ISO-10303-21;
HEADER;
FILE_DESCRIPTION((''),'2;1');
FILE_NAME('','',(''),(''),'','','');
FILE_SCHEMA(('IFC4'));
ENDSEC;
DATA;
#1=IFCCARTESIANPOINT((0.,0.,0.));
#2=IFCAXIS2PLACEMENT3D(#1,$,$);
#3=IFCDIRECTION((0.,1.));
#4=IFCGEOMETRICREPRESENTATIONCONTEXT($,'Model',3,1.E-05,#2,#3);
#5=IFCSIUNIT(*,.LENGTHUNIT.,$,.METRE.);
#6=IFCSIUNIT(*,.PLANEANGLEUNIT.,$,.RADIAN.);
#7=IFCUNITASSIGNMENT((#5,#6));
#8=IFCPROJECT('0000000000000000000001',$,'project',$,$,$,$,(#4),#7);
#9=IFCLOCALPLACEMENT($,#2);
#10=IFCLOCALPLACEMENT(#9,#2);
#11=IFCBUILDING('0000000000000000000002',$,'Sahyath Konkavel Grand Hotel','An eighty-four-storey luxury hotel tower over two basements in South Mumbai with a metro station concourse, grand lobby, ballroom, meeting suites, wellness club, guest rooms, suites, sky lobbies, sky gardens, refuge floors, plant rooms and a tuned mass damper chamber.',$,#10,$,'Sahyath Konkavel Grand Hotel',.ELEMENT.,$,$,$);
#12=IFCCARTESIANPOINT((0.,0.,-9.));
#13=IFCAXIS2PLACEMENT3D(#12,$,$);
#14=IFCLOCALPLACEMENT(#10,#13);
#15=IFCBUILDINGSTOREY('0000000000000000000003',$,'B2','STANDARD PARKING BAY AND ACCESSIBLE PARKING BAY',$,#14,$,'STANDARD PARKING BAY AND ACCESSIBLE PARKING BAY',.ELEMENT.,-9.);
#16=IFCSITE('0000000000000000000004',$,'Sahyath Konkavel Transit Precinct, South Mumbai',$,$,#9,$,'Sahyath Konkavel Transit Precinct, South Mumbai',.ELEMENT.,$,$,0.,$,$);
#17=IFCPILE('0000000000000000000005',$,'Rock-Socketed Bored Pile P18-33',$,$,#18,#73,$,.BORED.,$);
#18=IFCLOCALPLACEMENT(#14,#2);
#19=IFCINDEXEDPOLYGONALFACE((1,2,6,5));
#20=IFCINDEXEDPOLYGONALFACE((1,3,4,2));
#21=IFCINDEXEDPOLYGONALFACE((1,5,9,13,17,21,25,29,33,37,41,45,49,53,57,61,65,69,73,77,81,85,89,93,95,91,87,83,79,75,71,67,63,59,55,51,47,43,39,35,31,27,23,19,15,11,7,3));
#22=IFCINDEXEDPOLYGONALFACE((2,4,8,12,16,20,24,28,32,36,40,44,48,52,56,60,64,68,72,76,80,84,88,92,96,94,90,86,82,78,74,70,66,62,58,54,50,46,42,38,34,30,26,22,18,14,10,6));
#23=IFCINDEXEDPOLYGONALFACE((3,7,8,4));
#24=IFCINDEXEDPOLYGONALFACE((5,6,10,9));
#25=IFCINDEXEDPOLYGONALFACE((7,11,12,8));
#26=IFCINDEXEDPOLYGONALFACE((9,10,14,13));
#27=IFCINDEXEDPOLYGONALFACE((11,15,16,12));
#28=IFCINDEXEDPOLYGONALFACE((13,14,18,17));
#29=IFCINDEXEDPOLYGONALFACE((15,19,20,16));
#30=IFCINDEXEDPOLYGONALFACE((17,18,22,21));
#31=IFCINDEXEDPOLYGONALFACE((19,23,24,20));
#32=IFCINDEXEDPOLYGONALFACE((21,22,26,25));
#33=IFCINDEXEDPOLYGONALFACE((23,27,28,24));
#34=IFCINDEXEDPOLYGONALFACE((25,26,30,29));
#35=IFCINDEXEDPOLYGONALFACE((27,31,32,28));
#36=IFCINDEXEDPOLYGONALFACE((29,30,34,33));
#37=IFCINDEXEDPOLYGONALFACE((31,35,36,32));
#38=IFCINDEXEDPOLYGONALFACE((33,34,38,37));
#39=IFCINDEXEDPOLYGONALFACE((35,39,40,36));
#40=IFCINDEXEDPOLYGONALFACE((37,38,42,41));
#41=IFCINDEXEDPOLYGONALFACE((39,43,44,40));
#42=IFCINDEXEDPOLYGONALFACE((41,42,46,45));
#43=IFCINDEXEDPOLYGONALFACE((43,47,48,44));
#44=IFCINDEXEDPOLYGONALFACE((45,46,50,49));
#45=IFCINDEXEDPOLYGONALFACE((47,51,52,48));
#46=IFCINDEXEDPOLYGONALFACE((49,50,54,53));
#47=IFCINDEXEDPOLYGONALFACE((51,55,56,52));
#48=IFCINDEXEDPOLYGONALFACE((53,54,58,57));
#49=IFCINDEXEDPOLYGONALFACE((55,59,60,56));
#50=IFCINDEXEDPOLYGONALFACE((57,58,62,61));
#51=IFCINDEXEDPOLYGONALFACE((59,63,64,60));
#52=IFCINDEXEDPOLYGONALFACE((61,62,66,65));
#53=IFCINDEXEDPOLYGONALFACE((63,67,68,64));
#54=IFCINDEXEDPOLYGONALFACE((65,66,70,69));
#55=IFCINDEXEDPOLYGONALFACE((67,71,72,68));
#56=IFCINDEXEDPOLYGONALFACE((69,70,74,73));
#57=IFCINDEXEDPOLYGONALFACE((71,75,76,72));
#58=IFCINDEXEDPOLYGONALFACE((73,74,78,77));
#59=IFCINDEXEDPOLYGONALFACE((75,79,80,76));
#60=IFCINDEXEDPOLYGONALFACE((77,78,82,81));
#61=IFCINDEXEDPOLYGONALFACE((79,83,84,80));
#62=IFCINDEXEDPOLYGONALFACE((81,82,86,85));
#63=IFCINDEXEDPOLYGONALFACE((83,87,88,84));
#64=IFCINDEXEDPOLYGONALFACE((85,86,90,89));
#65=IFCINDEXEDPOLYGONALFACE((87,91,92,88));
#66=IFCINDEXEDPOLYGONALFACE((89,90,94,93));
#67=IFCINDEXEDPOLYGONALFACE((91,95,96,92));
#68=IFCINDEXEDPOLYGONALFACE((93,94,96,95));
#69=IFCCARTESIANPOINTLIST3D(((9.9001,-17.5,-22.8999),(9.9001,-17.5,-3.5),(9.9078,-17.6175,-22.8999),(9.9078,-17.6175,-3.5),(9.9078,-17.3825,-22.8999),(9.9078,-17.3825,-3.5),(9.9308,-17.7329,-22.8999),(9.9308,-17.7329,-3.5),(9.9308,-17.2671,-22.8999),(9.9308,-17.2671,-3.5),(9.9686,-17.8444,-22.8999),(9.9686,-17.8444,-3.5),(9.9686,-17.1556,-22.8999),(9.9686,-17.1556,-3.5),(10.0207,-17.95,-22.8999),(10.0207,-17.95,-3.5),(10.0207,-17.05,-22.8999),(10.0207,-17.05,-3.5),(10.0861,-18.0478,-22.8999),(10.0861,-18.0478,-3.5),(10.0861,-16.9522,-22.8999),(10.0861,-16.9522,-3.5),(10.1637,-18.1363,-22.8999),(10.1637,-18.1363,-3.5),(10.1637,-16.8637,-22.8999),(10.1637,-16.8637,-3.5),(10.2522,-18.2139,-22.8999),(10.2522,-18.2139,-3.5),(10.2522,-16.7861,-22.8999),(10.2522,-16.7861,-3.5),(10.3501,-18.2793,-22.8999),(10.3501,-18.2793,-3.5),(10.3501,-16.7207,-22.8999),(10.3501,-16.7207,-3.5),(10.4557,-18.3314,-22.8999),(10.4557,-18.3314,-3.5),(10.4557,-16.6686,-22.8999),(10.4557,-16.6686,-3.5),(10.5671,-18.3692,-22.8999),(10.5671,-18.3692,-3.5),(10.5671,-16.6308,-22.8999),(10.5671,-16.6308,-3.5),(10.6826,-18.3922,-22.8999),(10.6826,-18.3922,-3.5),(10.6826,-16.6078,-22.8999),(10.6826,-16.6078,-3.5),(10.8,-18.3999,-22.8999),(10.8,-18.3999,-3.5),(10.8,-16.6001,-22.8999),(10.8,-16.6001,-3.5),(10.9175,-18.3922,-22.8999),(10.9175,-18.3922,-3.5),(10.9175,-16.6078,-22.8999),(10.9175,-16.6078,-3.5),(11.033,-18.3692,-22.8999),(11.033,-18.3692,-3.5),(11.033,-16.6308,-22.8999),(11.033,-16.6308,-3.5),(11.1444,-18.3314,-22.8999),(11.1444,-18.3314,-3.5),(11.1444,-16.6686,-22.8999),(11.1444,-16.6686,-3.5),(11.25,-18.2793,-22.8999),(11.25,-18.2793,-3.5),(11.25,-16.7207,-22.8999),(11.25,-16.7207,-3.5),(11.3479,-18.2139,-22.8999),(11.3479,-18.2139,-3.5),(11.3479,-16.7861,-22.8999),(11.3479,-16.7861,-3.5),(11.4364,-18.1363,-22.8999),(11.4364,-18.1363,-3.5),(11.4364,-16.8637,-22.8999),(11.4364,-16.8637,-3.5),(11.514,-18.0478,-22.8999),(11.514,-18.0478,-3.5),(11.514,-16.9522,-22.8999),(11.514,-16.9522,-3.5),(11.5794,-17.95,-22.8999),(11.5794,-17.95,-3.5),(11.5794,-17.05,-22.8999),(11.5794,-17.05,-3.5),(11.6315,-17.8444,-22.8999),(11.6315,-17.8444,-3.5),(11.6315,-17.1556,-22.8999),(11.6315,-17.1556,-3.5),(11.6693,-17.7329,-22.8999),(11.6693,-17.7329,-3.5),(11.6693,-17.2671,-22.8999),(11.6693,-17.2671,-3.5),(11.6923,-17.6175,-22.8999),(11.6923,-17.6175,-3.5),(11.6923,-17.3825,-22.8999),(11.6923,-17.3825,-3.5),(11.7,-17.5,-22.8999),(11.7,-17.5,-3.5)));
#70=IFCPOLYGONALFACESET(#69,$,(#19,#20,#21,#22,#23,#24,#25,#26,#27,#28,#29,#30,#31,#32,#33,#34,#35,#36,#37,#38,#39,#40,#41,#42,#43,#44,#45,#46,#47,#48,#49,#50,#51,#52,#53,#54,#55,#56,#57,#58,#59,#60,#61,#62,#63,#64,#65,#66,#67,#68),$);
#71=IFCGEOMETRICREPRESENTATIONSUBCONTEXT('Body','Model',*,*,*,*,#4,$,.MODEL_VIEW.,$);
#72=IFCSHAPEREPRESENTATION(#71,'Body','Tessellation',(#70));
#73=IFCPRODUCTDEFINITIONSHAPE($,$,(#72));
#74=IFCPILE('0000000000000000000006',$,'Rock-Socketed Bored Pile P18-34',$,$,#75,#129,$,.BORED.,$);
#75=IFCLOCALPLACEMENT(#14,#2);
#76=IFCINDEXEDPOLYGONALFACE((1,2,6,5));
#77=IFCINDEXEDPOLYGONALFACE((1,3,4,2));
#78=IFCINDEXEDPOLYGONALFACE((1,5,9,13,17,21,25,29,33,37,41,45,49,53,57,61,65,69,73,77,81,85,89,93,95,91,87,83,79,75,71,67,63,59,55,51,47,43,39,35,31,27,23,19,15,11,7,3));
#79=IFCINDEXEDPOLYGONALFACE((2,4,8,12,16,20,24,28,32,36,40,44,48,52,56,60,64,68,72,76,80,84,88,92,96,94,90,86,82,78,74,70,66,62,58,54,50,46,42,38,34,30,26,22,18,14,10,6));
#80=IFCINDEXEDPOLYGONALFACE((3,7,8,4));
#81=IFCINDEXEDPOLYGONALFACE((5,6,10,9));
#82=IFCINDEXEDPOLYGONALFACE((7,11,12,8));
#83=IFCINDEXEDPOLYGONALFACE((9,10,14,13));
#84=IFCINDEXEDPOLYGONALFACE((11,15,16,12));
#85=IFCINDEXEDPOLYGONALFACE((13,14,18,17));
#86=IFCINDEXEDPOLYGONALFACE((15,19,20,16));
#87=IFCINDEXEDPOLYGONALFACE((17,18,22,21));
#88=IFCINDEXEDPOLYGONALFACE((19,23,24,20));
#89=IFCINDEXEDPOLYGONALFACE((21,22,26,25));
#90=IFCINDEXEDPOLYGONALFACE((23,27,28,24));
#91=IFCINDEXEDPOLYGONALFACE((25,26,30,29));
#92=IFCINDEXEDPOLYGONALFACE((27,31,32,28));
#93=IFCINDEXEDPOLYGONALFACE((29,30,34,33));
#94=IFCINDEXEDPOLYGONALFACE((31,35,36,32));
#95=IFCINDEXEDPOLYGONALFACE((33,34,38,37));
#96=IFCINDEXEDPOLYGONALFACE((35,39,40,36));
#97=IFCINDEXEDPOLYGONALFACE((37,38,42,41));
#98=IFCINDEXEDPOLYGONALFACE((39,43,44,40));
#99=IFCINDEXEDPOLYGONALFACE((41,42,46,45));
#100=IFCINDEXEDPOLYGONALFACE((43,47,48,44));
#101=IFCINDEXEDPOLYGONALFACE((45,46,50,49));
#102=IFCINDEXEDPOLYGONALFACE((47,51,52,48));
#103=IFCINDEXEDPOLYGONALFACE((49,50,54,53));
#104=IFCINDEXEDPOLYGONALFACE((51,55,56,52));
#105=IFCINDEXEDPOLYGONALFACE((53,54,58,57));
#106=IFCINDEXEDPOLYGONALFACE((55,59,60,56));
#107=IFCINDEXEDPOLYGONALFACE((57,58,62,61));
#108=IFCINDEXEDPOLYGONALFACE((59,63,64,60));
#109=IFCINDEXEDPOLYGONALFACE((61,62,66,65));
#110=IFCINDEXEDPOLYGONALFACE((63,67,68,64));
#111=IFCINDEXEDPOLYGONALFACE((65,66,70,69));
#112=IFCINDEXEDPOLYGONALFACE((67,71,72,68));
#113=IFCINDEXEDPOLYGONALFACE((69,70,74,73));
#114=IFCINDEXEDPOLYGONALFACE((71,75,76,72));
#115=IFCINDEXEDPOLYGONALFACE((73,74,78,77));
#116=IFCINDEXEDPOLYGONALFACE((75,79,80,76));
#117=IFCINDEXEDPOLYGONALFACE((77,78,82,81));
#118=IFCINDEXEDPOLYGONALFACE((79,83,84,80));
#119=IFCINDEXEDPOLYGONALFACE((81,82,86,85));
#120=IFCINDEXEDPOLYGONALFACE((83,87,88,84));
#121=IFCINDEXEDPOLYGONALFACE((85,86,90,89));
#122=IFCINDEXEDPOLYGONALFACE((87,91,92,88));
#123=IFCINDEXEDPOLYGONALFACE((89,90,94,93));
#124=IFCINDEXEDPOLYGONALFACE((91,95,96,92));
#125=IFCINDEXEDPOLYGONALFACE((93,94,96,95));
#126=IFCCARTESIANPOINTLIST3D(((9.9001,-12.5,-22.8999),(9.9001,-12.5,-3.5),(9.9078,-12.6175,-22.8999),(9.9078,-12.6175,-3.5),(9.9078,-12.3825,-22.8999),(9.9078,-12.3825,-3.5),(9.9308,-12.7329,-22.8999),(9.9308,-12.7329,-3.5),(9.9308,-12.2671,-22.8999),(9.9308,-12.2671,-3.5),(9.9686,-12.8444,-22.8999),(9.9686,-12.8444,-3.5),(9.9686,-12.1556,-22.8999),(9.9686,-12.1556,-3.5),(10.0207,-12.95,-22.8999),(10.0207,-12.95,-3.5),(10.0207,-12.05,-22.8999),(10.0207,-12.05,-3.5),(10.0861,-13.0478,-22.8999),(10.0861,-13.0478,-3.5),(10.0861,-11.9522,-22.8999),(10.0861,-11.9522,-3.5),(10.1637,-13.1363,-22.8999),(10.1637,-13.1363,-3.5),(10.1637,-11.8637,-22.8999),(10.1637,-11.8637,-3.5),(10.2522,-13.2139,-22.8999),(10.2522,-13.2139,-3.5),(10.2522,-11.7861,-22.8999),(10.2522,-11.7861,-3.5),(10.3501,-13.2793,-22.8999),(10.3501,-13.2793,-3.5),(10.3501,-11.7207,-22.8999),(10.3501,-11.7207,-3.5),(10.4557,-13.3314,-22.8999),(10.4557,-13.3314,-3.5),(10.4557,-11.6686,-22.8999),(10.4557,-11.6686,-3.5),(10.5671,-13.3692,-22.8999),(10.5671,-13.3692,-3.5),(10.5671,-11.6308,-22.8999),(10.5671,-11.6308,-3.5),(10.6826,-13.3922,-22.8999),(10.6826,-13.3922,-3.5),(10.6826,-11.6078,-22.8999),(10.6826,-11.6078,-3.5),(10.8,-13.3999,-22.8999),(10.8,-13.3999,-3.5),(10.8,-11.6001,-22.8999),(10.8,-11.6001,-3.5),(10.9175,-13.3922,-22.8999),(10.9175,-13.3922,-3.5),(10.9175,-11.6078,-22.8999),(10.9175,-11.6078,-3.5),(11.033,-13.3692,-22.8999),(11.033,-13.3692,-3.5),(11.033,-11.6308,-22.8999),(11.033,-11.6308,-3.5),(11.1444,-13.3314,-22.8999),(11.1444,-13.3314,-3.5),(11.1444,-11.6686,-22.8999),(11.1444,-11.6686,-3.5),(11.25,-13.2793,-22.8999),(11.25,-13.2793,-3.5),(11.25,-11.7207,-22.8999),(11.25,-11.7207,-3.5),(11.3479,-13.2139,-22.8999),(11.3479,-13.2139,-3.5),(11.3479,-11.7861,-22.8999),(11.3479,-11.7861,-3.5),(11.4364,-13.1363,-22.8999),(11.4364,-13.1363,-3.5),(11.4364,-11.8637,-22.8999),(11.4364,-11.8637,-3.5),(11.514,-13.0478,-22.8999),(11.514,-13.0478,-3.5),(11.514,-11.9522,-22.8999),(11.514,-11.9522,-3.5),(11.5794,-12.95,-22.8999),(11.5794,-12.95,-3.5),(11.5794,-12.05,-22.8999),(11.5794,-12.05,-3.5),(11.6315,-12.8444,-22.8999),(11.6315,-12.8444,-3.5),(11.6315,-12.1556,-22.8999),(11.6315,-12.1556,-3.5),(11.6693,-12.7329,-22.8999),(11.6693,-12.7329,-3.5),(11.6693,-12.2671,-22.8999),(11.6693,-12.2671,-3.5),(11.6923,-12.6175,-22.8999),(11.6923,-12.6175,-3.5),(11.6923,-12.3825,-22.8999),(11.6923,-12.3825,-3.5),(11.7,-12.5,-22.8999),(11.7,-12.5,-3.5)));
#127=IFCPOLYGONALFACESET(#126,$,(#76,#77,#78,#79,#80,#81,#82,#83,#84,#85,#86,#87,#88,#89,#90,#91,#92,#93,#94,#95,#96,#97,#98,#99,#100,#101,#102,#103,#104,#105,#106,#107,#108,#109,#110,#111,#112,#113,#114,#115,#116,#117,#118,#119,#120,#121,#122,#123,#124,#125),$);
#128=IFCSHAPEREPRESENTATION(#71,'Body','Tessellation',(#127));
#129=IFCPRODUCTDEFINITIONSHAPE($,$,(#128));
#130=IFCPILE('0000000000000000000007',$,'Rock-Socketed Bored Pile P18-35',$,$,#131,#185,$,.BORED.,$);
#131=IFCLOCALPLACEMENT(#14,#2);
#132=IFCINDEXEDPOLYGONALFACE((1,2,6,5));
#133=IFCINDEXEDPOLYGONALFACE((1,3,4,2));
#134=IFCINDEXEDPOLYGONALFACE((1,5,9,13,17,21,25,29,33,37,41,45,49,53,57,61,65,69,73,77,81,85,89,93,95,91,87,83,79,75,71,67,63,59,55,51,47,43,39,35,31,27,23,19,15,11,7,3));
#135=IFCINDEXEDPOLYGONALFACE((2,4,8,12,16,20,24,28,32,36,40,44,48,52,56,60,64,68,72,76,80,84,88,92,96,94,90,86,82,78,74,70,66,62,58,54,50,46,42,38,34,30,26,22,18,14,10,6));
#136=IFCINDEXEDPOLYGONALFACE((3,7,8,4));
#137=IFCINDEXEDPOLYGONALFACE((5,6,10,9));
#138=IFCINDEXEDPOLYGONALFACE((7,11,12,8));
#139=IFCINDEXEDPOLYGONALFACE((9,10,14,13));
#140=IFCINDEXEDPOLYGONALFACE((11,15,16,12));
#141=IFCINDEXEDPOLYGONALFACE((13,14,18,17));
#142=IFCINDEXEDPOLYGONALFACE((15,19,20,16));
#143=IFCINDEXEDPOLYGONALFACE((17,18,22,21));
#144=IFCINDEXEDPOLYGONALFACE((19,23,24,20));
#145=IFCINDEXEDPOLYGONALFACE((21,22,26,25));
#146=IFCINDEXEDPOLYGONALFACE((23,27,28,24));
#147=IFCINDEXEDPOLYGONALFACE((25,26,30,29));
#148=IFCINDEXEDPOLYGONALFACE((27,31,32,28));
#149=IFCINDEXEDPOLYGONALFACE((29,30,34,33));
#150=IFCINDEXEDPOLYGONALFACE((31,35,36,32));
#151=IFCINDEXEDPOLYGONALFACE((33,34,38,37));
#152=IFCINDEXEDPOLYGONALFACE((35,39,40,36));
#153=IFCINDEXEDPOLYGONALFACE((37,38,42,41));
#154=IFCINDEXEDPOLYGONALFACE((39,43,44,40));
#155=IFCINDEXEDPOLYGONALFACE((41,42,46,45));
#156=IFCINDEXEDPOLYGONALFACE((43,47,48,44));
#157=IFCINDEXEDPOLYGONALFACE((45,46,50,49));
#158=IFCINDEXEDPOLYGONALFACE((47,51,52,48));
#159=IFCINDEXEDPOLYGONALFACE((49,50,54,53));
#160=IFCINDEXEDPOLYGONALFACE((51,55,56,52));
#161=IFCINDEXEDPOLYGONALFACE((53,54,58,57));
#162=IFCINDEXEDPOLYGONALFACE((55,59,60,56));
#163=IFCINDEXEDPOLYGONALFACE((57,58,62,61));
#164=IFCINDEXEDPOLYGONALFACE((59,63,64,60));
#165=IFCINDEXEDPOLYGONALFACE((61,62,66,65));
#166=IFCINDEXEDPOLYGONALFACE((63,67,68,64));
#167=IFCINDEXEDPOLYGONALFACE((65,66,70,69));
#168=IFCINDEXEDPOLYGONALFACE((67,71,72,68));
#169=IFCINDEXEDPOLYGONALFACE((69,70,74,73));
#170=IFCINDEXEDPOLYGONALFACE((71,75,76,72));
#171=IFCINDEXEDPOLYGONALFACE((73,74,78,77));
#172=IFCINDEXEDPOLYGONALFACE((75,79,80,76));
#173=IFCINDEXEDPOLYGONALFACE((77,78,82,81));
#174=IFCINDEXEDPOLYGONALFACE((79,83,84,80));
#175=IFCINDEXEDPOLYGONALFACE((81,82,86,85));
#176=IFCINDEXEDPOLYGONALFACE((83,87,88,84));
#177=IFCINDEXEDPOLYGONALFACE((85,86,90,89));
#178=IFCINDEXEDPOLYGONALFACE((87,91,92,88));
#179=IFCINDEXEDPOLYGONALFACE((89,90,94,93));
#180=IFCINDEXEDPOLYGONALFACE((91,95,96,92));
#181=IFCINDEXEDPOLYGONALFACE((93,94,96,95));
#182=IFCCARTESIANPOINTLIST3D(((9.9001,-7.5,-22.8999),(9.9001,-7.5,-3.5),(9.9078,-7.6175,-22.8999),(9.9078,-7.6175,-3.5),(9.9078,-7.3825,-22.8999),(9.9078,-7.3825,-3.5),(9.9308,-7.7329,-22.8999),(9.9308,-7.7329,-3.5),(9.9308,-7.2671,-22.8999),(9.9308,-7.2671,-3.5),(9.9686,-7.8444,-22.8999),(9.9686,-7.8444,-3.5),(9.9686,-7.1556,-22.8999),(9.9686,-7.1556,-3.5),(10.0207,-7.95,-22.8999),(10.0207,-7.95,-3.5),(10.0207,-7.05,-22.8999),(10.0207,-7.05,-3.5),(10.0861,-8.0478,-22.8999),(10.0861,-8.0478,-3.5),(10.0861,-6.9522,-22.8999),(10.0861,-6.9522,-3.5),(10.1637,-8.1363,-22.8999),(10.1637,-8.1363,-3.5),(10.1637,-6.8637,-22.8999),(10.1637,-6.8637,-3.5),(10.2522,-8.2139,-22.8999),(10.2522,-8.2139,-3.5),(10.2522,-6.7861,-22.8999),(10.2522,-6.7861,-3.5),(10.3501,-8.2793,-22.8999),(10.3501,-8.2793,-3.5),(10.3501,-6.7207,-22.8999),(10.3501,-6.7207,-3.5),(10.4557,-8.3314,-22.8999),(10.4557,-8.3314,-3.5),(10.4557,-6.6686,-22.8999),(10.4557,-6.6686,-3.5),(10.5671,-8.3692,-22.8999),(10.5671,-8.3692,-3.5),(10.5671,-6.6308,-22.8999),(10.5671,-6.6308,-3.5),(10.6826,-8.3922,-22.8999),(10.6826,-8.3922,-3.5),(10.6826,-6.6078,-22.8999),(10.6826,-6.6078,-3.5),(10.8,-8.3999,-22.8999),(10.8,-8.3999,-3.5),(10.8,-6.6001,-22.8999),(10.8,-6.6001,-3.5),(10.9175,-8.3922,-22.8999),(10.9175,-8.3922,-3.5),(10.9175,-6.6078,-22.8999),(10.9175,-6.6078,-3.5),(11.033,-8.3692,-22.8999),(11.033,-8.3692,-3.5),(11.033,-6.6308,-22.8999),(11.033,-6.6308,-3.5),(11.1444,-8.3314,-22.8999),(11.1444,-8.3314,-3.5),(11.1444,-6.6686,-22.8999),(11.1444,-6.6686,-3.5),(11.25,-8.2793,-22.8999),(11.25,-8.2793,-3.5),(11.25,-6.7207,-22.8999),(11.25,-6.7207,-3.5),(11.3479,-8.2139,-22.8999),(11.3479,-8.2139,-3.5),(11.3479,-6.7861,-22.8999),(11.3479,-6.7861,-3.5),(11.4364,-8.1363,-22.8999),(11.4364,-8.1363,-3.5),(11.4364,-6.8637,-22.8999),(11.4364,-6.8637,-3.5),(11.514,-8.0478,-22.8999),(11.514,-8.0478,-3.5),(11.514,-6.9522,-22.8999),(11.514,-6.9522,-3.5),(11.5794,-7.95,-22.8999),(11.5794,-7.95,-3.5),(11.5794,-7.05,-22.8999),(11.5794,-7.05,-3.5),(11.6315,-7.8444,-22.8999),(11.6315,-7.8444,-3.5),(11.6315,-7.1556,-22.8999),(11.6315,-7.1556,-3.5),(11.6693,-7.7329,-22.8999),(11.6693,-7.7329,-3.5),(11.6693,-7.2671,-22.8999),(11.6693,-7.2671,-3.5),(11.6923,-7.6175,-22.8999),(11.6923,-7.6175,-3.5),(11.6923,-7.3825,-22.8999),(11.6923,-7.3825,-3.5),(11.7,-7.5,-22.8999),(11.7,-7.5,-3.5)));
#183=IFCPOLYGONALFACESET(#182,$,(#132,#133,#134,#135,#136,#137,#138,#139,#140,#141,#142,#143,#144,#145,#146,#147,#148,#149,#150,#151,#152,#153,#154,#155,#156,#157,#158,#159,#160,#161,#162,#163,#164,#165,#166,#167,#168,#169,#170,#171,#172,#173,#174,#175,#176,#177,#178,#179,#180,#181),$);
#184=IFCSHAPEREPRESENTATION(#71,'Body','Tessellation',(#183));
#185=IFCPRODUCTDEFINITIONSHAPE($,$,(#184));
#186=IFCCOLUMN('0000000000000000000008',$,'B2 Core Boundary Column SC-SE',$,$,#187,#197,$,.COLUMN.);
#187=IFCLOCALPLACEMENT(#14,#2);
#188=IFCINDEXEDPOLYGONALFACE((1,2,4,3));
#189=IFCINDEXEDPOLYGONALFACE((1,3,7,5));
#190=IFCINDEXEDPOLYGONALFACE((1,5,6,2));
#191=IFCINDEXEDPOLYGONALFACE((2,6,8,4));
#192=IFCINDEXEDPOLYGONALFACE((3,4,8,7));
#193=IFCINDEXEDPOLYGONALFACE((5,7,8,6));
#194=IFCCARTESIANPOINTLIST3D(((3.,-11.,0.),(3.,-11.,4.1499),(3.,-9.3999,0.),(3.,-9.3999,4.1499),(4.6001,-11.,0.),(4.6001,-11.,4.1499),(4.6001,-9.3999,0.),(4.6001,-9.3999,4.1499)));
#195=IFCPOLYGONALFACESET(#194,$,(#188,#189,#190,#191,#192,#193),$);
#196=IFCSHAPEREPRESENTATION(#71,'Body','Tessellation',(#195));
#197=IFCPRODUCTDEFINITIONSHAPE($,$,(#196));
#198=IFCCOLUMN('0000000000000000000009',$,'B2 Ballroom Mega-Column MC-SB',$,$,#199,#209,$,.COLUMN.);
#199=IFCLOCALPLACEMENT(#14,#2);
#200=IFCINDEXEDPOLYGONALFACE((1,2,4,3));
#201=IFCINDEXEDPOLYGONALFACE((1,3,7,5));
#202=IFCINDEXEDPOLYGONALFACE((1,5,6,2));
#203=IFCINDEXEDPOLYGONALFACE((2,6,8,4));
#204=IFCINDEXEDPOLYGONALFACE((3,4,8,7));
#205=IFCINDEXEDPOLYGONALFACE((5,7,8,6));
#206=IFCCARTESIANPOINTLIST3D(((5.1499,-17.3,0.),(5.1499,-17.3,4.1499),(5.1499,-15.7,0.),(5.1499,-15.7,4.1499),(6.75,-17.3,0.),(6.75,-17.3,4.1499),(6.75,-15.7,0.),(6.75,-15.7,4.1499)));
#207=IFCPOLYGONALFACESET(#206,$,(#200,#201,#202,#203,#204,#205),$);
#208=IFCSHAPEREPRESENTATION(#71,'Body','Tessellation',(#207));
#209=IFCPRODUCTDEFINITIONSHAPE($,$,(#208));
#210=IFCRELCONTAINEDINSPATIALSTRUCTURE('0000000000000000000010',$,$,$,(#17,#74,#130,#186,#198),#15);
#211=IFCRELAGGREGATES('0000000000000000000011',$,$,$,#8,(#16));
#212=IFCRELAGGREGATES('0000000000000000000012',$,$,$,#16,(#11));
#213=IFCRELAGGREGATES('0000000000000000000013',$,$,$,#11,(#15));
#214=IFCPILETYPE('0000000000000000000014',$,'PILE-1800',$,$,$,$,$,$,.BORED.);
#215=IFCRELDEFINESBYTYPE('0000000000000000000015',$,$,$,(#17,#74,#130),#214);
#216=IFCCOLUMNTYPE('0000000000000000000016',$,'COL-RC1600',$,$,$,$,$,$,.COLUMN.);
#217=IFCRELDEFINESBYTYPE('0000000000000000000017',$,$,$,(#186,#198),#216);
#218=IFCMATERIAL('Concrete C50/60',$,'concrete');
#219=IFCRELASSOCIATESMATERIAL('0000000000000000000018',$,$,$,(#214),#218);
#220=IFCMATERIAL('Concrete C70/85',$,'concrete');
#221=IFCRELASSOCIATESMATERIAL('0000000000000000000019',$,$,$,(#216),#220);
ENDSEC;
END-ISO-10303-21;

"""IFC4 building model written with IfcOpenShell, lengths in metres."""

from ifc_helpers import new_model, si_unit, direction, frame, origin, origin_2d, place, context, subcontext, project, spatial, rectangle, circle, extrude, source, transform, mapped, material, material_profile, profile_set, type_object, element, save


model = new_model("IFC4")

# Units and contexts
model_context = context("Model", 3, precision=1e-05, world=origin(), true_north=direction((0.0, 1.0)))
body_context = subcontext(model_context, "Body", "Model", "MODEL_VIEW")
ifc_project = project(units=[si_unit("LENGTHUNIT", "METRE"), si_unit("PLANEANGLEUNIT", "RADIAN")], contexts=[model_context])

# Site, building, storey
site_placement = place(None, origin())
site = spatial("IfcSite", under=ifc_project, at=site_placement, Name="Sahyath Konkavel Transit Precinct, South Mumbai", LongName="Sahyath Konkavel Transit Precinct, South Mumbai", CompositionType="ELEMENT", RefElevation=0.0)
building_placement = place(site_placement, origin())
building = spatial("IfcBuilding", under=site, at=building_placement, Name="Sahyath Konkavel Grand Hotel", Description="An eighty-four-storey luxury hotel tower over two basements in South Mumbai with a metro station concourse, grand lobby, ballroom, meeting suites, wellness club, guest rooms, suites, sky lobbies, sky gardens, refuge floors, plant rooms and a tuned mass damper chamber.", LongName="Sahyath Konkavel Grand Hotel", CompositionType="ELEMENT")
storey_placement = place(building_placement, frame((0.0, 0.0, -9.0)))
storey = spatial("IfcBuildingStorey", under=building, at=storey_placement, Name="B2", Description="STANDARD PARKING BAY AND ACCESSIBLE PARKING BAY", LongName="STANDARD PARKING BAY AND ACCESSIBLE PARKING BAY", CompositionType="ELEMENT", Elevation=-9.0)

# Piles
ifc_material_1 = material(Name="Concrete C50/60", Category="concrete")
ifc_material_profile_1 = material_profile(ifc_material_1, circle(Radius=0.8999, at=origin_2d()), Name="PILE D1800")
ifc_profile_set_1 = profile_set([ifc_material_profile_1], Name="Concrete C50/60")
pile_type_1 = type_object("IfcPileType", Name="PILE-1800", PredefinedType="BORED", material=ifc_profile_set_1)
for number, where, z_axis, x_axis, name in (
    (1, (10.8, -17.5, -3.5), (0.0, 0.0, -1.0), (1.0, 0.0, 0.0), "Rock-Socketed Bored Pile P18-33"),
    (2, (10.8, -12.5, -3.5), (0.0, 0.0, -1.0), (1.0, 0.0, 0.0), "Rock-Socketed Bored Pile P18-34"),
    (3, (10.8, -7.5, -3.5), (0.0, 0.0, -1.0), (1.0, 0.0, 0.0), "Rock-Socketed Bored Pile P18-35"),
):
    element("IfcPile", number, at=place(storey_placement, frame(where, z_axis=z_axis, x_axis=x_axis)), inside=storey, type_object=pile_type_1, Name=name, PredefinedType="BORED", context=body_context, shape_type="SweptSolid", body=[
        extrude(circle(Radius=0.8999, at=origin_2d()), origin(), (0.0, 0.0, 1.0), 19.3999),
    ])

# Columns
ifc_material_2 = material(Name="Concrete C70/85", Category="concrete")
ifc_material_profile_2 = material_profile(ifc_material_2, rectangle(XDim=1.6001, YDim=1.6001, at=origin_2d()), Name="RC 1600x1600")
ifc_profile_set_2 = profile_set([ifc_material_profile_2], Name="Concrete C70/85")
column_type_1 = type_object("IfcColumnType", Name="COL-RC1600", PredefinedType="COLUMN", material=ifc_profile_set_2)
shared_shape_1 = source(origin(), body_context, "Body", "SweptSolid", [
    extrude(rectangle(XDim=1.6001, YDim=1.6001, at=origin_2d()), origin(), (0.0, 0.0, 1.0), 4.1499),
])
for number, where, z_axis, x_axis, name in (
    (4, (3.8, -10.2, 0.0), (0.0, 0.0, 1.0), (1.0, 0.0, 0.0), "B2 Core Boundary Column SC-SE"),
    (5, (5.95, -16.5, 0.0), (0.0, 0.0, 1.0), (1.0, 0.0, 0.0), "B2 Ballroom Mega-Column MC-SB"),
):
    element("IfcColumn", number, at=place(storey_placement, frame(where, z_axis=z_axis, x_axis=x_axis)), inside=storey, type_object=column_type_1, Name=name, PredefinedType="COLUMN", context=body_context, shape_type="MappedRepresentation", body=[
        mapped(shared_shape_1, transform((0.0, 0.0, 0.0), scale=1.0)),
    ])

save(model, "model.ifc")
